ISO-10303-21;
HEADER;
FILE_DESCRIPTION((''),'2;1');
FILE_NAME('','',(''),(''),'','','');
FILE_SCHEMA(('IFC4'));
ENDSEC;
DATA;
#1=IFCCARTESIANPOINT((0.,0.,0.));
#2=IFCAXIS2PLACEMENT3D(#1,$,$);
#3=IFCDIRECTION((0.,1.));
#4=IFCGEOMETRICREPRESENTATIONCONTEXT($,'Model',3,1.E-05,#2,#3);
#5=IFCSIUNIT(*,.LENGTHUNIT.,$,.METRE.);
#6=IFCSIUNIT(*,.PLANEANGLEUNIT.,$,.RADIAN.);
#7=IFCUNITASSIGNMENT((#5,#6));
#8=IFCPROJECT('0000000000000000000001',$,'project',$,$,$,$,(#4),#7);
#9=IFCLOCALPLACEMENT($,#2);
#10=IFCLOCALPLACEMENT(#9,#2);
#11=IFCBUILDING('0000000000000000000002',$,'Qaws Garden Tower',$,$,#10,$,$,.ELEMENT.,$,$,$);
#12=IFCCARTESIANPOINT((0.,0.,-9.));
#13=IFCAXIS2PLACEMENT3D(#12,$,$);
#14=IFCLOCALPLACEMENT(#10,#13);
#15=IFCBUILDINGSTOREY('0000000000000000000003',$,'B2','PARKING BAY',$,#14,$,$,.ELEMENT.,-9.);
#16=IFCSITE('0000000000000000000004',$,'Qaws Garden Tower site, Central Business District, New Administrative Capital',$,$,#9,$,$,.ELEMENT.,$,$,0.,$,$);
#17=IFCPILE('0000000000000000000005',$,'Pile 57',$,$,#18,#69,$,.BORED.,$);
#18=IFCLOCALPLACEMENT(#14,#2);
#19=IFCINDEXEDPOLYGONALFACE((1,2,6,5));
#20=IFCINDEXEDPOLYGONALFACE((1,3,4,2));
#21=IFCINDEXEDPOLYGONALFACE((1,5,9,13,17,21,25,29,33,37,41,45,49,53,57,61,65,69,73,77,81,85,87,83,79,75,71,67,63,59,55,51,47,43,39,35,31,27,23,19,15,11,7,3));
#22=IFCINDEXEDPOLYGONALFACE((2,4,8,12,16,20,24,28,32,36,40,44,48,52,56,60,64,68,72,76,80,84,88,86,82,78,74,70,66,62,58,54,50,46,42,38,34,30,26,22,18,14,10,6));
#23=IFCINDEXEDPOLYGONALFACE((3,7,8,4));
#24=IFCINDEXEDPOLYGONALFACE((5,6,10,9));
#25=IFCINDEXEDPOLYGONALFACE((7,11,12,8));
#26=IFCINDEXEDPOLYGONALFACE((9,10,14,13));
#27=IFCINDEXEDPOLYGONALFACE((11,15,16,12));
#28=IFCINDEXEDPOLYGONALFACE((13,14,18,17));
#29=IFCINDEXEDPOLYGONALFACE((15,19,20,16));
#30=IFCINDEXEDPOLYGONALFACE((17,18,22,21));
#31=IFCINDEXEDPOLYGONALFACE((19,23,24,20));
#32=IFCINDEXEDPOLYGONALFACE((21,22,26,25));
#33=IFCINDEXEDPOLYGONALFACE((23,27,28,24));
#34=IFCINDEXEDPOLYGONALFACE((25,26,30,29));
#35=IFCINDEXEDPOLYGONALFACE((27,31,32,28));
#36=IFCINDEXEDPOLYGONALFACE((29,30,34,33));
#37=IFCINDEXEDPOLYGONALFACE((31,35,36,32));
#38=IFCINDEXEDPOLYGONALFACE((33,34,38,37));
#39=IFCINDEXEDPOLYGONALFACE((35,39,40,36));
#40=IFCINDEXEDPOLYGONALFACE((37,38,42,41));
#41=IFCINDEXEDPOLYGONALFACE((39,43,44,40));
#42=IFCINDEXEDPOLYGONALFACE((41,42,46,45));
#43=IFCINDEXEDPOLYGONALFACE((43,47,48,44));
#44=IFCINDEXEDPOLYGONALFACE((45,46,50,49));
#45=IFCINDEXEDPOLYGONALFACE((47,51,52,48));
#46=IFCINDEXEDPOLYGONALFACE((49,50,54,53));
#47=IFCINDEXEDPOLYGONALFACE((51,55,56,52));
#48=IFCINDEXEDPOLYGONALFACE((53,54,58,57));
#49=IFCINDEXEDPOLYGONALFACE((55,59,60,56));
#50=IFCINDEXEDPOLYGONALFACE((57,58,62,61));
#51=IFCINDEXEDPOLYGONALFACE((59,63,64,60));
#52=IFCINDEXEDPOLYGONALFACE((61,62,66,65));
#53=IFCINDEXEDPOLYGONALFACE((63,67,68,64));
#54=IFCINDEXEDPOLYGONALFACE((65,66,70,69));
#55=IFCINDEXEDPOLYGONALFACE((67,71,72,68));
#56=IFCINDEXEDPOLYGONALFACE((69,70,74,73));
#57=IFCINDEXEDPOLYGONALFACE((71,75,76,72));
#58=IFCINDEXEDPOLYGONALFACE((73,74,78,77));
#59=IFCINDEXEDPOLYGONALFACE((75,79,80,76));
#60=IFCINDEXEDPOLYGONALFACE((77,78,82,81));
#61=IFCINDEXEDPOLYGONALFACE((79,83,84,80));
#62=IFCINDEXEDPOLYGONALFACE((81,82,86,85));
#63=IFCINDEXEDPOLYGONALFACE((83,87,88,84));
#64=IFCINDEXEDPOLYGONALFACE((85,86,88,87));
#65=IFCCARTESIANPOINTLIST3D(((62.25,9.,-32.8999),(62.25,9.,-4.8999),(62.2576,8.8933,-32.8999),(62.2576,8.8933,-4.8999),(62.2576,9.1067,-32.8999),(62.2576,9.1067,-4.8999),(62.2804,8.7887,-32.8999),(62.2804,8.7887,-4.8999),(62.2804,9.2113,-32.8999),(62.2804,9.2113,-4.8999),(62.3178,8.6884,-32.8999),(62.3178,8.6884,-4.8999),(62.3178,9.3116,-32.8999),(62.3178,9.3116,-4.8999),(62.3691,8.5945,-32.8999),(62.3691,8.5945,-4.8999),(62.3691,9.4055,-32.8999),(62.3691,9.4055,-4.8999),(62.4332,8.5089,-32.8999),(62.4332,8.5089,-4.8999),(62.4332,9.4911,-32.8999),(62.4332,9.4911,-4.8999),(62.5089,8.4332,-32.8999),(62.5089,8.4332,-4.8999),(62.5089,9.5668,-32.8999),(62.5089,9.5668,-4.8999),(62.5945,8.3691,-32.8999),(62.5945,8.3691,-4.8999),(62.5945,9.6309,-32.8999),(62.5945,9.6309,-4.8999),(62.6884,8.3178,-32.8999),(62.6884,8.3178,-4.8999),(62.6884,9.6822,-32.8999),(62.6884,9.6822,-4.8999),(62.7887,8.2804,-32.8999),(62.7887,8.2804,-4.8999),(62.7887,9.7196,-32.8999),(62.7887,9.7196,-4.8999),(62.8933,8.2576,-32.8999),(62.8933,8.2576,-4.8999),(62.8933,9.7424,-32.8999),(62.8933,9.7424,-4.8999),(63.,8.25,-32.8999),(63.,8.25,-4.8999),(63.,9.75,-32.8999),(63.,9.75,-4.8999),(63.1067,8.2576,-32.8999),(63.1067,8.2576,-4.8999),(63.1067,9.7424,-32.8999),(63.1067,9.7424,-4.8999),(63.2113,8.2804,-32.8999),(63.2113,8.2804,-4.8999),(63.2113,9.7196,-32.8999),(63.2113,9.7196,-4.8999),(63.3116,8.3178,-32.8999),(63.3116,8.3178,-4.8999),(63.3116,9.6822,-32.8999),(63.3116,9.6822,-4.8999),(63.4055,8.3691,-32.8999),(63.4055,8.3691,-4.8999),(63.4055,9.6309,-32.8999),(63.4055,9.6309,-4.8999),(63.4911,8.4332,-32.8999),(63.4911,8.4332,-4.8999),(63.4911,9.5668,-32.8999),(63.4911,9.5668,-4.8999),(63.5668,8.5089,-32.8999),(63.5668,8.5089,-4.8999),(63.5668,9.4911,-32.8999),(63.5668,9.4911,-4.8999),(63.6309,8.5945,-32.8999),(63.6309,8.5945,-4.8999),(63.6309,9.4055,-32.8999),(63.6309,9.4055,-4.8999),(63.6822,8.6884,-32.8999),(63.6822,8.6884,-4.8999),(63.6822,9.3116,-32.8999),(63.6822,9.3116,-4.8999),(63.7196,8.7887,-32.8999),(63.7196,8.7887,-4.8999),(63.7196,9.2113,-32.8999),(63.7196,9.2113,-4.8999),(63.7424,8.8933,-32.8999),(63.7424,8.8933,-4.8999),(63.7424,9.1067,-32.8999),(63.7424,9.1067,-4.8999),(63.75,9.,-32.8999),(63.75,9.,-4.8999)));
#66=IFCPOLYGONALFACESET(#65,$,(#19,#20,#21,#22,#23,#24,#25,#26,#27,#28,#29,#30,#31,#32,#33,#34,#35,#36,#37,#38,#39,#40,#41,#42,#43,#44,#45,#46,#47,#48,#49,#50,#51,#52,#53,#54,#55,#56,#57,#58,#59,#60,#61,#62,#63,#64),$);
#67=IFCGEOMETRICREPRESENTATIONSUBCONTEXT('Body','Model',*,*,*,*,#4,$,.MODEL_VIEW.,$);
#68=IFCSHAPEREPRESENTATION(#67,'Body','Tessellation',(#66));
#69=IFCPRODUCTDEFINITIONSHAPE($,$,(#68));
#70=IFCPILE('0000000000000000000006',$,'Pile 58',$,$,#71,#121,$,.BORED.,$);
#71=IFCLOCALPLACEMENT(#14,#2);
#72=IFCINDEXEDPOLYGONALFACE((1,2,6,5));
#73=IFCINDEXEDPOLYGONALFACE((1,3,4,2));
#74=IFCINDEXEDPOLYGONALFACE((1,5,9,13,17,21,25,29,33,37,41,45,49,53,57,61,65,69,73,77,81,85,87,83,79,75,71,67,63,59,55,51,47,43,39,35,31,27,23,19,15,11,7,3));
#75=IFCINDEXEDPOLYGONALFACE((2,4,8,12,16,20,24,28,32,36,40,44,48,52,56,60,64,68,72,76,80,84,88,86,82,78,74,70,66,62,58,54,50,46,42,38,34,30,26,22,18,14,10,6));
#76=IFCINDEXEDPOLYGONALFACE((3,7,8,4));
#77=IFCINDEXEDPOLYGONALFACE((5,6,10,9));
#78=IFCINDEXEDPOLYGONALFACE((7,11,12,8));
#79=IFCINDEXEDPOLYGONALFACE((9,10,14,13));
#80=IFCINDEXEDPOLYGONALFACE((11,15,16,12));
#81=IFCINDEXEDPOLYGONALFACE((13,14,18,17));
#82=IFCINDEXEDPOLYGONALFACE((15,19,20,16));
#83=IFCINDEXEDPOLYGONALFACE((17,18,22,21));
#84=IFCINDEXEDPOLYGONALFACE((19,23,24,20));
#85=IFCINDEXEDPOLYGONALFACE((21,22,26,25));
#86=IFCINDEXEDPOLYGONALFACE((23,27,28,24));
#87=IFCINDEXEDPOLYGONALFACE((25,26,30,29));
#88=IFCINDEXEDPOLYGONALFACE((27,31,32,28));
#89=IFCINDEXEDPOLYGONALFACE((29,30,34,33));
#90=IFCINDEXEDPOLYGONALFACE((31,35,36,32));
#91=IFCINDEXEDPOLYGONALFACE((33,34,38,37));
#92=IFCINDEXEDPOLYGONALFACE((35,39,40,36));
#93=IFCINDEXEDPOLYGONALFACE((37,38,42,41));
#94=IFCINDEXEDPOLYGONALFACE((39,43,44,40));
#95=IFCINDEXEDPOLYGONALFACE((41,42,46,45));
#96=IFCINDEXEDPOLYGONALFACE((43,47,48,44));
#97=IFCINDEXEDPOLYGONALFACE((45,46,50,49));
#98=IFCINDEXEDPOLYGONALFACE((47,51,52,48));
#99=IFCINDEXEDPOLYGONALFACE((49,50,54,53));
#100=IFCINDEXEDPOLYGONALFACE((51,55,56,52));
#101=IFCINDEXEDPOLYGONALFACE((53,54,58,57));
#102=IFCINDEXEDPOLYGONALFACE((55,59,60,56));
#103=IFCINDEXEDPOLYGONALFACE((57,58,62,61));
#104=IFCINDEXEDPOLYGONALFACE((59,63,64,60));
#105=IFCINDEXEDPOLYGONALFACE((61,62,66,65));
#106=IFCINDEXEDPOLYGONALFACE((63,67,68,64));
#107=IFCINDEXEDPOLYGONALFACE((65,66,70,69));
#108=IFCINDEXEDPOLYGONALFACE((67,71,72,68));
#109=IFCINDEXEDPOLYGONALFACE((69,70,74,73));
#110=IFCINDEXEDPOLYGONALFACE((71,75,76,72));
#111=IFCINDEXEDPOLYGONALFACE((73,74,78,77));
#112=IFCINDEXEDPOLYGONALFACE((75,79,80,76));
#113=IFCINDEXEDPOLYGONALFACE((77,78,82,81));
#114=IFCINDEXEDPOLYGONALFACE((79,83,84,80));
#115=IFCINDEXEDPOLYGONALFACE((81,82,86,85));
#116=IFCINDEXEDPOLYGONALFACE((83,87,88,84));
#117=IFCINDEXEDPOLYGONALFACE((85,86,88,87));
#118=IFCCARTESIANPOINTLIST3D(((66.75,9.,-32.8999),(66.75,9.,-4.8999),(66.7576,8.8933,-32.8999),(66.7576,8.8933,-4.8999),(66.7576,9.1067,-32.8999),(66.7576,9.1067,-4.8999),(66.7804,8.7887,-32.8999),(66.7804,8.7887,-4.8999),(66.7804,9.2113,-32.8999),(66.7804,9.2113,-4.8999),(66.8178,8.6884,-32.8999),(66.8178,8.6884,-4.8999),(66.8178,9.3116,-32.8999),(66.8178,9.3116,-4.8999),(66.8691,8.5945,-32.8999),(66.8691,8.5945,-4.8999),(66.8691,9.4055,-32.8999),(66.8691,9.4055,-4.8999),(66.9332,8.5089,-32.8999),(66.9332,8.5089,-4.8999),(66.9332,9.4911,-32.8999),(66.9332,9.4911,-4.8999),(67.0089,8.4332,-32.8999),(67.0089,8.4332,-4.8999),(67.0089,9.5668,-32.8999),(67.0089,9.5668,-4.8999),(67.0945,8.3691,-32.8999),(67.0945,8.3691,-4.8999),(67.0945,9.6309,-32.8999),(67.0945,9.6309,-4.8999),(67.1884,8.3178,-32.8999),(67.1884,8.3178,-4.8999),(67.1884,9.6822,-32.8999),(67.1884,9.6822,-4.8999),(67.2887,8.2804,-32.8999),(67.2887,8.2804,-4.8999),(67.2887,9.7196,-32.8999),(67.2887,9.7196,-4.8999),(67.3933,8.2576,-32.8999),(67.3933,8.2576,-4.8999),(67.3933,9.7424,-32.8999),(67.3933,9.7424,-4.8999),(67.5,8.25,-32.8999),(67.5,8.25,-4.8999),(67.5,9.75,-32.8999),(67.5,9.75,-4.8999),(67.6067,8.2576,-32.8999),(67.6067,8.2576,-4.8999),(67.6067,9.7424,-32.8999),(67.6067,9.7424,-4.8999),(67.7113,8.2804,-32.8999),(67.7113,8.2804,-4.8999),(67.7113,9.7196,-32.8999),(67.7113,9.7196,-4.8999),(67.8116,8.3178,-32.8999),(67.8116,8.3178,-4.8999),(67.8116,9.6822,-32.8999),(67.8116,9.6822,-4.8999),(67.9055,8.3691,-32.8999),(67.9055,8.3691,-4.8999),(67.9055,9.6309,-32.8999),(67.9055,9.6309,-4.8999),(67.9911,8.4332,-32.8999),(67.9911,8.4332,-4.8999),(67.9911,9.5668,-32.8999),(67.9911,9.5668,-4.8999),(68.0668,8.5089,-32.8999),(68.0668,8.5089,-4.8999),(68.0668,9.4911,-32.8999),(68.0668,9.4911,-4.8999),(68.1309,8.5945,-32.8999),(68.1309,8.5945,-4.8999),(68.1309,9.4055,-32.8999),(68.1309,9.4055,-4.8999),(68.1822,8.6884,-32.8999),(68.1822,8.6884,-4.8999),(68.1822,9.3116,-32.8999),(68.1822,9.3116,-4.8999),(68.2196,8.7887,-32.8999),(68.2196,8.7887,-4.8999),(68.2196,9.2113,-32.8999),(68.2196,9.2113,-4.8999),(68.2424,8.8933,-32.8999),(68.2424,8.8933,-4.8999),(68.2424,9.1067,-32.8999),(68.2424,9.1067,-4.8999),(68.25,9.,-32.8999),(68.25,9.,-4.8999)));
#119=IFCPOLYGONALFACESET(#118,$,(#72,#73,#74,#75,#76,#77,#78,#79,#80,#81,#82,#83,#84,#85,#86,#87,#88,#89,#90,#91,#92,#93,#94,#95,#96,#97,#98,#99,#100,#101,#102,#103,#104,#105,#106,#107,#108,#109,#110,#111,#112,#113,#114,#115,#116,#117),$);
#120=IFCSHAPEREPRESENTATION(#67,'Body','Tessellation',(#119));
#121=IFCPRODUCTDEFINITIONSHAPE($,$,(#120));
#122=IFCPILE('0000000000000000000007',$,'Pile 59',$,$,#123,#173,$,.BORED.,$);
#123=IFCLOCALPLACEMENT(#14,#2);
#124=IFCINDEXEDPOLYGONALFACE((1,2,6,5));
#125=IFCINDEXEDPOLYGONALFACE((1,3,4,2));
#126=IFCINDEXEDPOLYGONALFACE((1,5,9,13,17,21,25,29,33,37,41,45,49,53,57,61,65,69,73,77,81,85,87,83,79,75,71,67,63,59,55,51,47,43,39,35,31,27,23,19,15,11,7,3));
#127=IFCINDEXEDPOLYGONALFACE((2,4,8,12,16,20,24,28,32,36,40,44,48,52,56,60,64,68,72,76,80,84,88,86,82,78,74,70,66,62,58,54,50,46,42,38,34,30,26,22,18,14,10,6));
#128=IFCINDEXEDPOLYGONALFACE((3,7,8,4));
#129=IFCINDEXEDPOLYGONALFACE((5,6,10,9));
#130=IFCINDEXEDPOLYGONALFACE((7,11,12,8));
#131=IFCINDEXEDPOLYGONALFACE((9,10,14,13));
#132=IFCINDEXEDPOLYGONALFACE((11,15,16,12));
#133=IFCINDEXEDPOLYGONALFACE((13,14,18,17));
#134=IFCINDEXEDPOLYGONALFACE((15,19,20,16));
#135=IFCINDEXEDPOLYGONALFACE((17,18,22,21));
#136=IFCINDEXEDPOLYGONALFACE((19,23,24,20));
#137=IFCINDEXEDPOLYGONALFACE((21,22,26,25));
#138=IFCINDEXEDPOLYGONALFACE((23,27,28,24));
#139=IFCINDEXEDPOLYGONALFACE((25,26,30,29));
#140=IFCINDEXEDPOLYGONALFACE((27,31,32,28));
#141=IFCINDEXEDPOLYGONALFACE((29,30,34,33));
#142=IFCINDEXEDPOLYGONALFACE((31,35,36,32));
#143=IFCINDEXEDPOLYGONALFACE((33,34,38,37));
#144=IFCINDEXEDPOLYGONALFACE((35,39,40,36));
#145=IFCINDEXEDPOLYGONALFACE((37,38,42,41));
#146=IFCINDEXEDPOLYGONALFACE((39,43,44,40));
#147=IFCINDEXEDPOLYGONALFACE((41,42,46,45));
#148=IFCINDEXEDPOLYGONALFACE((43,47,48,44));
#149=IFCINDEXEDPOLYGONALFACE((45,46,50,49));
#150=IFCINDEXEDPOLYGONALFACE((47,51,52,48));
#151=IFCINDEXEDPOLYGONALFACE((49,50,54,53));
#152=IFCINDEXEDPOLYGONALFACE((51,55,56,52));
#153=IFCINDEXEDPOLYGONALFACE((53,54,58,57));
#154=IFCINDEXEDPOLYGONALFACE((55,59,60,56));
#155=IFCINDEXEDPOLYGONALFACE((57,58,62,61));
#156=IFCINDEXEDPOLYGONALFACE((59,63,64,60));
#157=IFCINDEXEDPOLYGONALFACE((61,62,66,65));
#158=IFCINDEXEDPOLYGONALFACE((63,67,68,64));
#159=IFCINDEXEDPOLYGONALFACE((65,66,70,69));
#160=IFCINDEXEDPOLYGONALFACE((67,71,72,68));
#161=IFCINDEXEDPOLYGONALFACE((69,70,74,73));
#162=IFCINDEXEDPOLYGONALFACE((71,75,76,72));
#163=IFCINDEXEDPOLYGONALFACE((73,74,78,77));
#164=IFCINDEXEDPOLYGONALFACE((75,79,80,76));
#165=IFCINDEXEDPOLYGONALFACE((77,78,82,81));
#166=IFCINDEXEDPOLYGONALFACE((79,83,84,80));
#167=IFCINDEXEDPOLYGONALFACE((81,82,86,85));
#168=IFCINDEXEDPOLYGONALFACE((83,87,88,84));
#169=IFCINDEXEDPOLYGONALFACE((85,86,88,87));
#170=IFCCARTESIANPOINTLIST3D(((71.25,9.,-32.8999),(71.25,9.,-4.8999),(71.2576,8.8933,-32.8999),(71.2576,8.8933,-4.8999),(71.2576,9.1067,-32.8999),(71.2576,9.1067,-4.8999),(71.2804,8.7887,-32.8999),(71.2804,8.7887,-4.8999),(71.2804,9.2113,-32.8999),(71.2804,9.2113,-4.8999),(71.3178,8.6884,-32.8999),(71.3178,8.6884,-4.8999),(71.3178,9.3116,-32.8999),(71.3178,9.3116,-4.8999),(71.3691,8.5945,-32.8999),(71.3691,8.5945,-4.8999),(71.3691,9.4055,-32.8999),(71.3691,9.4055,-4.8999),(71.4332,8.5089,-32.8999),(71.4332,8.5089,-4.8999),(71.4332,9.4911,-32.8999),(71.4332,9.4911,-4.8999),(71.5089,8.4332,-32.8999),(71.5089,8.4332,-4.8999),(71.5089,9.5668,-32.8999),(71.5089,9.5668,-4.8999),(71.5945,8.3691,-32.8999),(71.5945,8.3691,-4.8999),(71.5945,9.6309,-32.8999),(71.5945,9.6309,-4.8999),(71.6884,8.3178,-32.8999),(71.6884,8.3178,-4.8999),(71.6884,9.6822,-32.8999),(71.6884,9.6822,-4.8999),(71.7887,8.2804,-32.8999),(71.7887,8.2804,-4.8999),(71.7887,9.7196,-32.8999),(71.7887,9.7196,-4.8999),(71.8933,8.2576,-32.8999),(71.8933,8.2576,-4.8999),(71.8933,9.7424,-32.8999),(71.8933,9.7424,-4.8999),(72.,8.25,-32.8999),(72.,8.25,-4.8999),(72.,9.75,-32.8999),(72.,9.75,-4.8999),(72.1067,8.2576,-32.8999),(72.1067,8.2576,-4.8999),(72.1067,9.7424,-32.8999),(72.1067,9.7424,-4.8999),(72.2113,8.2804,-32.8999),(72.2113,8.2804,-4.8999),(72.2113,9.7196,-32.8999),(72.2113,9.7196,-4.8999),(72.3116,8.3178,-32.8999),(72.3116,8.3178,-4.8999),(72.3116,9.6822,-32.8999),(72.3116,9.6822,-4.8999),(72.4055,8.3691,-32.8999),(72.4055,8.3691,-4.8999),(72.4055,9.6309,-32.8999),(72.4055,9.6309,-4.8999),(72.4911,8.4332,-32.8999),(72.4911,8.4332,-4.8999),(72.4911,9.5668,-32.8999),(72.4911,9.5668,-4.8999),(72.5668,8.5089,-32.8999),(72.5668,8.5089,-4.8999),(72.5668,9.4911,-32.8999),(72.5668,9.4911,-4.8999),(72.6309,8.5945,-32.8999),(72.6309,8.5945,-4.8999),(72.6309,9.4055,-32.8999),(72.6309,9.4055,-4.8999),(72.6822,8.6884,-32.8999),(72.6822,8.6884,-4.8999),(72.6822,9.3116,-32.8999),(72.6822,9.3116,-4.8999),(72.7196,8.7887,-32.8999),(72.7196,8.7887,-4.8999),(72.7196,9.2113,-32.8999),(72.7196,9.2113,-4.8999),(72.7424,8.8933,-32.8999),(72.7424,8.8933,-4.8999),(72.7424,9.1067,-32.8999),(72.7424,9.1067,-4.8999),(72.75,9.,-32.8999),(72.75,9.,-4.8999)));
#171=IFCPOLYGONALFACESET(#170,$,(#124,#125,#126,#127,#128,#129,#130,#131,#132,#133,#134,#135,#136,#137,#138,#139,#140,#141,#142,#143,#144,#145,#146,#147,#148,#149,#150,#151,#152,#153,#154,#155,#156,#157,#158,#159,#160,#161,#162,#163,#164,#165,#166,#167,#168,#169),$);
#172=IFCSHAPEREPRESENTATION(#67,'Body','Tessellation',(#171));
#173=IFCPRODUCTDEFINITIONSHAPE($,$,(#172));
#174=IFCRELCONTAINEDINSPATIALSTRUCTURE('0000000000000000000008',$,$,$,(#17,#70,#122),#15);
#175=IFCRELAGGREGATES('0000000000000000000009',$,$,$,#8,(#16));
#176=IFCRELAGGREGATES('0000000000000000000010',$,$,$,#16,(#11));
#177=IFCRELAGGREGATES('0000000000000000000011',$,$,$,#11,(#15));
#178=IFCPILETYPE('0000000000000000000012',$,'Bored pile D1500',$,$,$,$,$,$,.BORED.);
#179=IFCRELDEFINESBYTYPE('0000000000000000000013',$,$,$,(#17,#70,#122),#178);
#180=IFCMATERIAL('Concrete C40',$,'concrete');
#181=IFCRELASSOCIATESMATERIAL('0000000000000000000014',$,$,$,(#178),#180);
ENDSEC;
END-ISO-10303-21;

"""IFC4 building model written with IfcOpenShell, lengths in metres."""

from ifc_helpers import new_model, si_unit, direction, frame, origin, origin_2d, place, context, subcontext, project, spatial, circle, extrude, material, material_profile, profile_set, type_object, element, save


model = new_model("IFC4")

# Units and contexts
model_context = context("Model", 3, precision=1e-05, world=origin(), true_north=direction((0.0, 1.0)))
body_context = subcontext(model_context, "Body", "Model", "MODEL_VIEW")
ifc_project = project(units=[si_unit("LENGTHUNIT", "METRE"), si_unit("PLANEANGLEUNIT", "RADIAN")], contexts=[model_context])

# Site, building, storey
site_placement = place(None, origin())
site = spatial("IfcSite", under=ifc_project, at=site_placement, Name="Qaws Garden Tower site, Central Business District, New Administrative Capital", CompositionType="ELEMENT", RefElevation=0.0)
building_placement = place(site_placement, origin())
building = spatial("IfcBuilding", under=site, at=building_placement, Name="Qaws Garden Tower", CompositionType="ELEMENT")
storey_placement = place(building_placement, frame((0.0, 0.0, -9.0)))
storey = spatial("IfcBuildingStorey", under=building, at=storey_placement, Name="B2", Description="PARKING BAY", CompositionType="ELEMENT", Elevation=-9.0)

# Piles
ifc_material_1 = material(Name="Concrete C40", Category="concrete")
ifc_material_profile_1 = material_profile(ifc_material_1, circle(Radius=0.75, at=origin_2d()), Name="Bored pile D1500")
ifc_profile_set_1 = profile_set([ifc_material_profile_1], Name="Concrete C40")
pile_type = type_object("IfcPileType", Name="Bored pile D1500", PredefinedType="BORED", material=ifc_profile_set_1)
for number, where, z_axis, x_axis, name in (
    (1, (63.0, 9.0, -4.8999), (0.0, 0.0, -1.0), (1.0, 0.0, 0.0), "Pile 57"),
    (2, (67.5, 9.0, -4.8999), (0.0, 0.0, -1.0), (1.0, 0.0, 0.0), "Pile 58"),
    (3, (72.0, 9.0, -4.8999), (0.0, 0.0, -1.0), (1.0, 0.0, 0.0), "Pile 59"),
):
    element("IfcPile", number, at=place(storey_placement, frame(where, z_axis=z_axis, x_axis=x_axis)), inside=storey, type_object=pile_type, Name=name, PredefinedType="BORED", context=body_context, shape_type="SweptSolid", body=[
        extrude(circle(Radius=0.75, at=origin_2d()), origin(), (0.0, 0.0, 1.0), 28.0),
    ])

save(model, "model.ifc")
